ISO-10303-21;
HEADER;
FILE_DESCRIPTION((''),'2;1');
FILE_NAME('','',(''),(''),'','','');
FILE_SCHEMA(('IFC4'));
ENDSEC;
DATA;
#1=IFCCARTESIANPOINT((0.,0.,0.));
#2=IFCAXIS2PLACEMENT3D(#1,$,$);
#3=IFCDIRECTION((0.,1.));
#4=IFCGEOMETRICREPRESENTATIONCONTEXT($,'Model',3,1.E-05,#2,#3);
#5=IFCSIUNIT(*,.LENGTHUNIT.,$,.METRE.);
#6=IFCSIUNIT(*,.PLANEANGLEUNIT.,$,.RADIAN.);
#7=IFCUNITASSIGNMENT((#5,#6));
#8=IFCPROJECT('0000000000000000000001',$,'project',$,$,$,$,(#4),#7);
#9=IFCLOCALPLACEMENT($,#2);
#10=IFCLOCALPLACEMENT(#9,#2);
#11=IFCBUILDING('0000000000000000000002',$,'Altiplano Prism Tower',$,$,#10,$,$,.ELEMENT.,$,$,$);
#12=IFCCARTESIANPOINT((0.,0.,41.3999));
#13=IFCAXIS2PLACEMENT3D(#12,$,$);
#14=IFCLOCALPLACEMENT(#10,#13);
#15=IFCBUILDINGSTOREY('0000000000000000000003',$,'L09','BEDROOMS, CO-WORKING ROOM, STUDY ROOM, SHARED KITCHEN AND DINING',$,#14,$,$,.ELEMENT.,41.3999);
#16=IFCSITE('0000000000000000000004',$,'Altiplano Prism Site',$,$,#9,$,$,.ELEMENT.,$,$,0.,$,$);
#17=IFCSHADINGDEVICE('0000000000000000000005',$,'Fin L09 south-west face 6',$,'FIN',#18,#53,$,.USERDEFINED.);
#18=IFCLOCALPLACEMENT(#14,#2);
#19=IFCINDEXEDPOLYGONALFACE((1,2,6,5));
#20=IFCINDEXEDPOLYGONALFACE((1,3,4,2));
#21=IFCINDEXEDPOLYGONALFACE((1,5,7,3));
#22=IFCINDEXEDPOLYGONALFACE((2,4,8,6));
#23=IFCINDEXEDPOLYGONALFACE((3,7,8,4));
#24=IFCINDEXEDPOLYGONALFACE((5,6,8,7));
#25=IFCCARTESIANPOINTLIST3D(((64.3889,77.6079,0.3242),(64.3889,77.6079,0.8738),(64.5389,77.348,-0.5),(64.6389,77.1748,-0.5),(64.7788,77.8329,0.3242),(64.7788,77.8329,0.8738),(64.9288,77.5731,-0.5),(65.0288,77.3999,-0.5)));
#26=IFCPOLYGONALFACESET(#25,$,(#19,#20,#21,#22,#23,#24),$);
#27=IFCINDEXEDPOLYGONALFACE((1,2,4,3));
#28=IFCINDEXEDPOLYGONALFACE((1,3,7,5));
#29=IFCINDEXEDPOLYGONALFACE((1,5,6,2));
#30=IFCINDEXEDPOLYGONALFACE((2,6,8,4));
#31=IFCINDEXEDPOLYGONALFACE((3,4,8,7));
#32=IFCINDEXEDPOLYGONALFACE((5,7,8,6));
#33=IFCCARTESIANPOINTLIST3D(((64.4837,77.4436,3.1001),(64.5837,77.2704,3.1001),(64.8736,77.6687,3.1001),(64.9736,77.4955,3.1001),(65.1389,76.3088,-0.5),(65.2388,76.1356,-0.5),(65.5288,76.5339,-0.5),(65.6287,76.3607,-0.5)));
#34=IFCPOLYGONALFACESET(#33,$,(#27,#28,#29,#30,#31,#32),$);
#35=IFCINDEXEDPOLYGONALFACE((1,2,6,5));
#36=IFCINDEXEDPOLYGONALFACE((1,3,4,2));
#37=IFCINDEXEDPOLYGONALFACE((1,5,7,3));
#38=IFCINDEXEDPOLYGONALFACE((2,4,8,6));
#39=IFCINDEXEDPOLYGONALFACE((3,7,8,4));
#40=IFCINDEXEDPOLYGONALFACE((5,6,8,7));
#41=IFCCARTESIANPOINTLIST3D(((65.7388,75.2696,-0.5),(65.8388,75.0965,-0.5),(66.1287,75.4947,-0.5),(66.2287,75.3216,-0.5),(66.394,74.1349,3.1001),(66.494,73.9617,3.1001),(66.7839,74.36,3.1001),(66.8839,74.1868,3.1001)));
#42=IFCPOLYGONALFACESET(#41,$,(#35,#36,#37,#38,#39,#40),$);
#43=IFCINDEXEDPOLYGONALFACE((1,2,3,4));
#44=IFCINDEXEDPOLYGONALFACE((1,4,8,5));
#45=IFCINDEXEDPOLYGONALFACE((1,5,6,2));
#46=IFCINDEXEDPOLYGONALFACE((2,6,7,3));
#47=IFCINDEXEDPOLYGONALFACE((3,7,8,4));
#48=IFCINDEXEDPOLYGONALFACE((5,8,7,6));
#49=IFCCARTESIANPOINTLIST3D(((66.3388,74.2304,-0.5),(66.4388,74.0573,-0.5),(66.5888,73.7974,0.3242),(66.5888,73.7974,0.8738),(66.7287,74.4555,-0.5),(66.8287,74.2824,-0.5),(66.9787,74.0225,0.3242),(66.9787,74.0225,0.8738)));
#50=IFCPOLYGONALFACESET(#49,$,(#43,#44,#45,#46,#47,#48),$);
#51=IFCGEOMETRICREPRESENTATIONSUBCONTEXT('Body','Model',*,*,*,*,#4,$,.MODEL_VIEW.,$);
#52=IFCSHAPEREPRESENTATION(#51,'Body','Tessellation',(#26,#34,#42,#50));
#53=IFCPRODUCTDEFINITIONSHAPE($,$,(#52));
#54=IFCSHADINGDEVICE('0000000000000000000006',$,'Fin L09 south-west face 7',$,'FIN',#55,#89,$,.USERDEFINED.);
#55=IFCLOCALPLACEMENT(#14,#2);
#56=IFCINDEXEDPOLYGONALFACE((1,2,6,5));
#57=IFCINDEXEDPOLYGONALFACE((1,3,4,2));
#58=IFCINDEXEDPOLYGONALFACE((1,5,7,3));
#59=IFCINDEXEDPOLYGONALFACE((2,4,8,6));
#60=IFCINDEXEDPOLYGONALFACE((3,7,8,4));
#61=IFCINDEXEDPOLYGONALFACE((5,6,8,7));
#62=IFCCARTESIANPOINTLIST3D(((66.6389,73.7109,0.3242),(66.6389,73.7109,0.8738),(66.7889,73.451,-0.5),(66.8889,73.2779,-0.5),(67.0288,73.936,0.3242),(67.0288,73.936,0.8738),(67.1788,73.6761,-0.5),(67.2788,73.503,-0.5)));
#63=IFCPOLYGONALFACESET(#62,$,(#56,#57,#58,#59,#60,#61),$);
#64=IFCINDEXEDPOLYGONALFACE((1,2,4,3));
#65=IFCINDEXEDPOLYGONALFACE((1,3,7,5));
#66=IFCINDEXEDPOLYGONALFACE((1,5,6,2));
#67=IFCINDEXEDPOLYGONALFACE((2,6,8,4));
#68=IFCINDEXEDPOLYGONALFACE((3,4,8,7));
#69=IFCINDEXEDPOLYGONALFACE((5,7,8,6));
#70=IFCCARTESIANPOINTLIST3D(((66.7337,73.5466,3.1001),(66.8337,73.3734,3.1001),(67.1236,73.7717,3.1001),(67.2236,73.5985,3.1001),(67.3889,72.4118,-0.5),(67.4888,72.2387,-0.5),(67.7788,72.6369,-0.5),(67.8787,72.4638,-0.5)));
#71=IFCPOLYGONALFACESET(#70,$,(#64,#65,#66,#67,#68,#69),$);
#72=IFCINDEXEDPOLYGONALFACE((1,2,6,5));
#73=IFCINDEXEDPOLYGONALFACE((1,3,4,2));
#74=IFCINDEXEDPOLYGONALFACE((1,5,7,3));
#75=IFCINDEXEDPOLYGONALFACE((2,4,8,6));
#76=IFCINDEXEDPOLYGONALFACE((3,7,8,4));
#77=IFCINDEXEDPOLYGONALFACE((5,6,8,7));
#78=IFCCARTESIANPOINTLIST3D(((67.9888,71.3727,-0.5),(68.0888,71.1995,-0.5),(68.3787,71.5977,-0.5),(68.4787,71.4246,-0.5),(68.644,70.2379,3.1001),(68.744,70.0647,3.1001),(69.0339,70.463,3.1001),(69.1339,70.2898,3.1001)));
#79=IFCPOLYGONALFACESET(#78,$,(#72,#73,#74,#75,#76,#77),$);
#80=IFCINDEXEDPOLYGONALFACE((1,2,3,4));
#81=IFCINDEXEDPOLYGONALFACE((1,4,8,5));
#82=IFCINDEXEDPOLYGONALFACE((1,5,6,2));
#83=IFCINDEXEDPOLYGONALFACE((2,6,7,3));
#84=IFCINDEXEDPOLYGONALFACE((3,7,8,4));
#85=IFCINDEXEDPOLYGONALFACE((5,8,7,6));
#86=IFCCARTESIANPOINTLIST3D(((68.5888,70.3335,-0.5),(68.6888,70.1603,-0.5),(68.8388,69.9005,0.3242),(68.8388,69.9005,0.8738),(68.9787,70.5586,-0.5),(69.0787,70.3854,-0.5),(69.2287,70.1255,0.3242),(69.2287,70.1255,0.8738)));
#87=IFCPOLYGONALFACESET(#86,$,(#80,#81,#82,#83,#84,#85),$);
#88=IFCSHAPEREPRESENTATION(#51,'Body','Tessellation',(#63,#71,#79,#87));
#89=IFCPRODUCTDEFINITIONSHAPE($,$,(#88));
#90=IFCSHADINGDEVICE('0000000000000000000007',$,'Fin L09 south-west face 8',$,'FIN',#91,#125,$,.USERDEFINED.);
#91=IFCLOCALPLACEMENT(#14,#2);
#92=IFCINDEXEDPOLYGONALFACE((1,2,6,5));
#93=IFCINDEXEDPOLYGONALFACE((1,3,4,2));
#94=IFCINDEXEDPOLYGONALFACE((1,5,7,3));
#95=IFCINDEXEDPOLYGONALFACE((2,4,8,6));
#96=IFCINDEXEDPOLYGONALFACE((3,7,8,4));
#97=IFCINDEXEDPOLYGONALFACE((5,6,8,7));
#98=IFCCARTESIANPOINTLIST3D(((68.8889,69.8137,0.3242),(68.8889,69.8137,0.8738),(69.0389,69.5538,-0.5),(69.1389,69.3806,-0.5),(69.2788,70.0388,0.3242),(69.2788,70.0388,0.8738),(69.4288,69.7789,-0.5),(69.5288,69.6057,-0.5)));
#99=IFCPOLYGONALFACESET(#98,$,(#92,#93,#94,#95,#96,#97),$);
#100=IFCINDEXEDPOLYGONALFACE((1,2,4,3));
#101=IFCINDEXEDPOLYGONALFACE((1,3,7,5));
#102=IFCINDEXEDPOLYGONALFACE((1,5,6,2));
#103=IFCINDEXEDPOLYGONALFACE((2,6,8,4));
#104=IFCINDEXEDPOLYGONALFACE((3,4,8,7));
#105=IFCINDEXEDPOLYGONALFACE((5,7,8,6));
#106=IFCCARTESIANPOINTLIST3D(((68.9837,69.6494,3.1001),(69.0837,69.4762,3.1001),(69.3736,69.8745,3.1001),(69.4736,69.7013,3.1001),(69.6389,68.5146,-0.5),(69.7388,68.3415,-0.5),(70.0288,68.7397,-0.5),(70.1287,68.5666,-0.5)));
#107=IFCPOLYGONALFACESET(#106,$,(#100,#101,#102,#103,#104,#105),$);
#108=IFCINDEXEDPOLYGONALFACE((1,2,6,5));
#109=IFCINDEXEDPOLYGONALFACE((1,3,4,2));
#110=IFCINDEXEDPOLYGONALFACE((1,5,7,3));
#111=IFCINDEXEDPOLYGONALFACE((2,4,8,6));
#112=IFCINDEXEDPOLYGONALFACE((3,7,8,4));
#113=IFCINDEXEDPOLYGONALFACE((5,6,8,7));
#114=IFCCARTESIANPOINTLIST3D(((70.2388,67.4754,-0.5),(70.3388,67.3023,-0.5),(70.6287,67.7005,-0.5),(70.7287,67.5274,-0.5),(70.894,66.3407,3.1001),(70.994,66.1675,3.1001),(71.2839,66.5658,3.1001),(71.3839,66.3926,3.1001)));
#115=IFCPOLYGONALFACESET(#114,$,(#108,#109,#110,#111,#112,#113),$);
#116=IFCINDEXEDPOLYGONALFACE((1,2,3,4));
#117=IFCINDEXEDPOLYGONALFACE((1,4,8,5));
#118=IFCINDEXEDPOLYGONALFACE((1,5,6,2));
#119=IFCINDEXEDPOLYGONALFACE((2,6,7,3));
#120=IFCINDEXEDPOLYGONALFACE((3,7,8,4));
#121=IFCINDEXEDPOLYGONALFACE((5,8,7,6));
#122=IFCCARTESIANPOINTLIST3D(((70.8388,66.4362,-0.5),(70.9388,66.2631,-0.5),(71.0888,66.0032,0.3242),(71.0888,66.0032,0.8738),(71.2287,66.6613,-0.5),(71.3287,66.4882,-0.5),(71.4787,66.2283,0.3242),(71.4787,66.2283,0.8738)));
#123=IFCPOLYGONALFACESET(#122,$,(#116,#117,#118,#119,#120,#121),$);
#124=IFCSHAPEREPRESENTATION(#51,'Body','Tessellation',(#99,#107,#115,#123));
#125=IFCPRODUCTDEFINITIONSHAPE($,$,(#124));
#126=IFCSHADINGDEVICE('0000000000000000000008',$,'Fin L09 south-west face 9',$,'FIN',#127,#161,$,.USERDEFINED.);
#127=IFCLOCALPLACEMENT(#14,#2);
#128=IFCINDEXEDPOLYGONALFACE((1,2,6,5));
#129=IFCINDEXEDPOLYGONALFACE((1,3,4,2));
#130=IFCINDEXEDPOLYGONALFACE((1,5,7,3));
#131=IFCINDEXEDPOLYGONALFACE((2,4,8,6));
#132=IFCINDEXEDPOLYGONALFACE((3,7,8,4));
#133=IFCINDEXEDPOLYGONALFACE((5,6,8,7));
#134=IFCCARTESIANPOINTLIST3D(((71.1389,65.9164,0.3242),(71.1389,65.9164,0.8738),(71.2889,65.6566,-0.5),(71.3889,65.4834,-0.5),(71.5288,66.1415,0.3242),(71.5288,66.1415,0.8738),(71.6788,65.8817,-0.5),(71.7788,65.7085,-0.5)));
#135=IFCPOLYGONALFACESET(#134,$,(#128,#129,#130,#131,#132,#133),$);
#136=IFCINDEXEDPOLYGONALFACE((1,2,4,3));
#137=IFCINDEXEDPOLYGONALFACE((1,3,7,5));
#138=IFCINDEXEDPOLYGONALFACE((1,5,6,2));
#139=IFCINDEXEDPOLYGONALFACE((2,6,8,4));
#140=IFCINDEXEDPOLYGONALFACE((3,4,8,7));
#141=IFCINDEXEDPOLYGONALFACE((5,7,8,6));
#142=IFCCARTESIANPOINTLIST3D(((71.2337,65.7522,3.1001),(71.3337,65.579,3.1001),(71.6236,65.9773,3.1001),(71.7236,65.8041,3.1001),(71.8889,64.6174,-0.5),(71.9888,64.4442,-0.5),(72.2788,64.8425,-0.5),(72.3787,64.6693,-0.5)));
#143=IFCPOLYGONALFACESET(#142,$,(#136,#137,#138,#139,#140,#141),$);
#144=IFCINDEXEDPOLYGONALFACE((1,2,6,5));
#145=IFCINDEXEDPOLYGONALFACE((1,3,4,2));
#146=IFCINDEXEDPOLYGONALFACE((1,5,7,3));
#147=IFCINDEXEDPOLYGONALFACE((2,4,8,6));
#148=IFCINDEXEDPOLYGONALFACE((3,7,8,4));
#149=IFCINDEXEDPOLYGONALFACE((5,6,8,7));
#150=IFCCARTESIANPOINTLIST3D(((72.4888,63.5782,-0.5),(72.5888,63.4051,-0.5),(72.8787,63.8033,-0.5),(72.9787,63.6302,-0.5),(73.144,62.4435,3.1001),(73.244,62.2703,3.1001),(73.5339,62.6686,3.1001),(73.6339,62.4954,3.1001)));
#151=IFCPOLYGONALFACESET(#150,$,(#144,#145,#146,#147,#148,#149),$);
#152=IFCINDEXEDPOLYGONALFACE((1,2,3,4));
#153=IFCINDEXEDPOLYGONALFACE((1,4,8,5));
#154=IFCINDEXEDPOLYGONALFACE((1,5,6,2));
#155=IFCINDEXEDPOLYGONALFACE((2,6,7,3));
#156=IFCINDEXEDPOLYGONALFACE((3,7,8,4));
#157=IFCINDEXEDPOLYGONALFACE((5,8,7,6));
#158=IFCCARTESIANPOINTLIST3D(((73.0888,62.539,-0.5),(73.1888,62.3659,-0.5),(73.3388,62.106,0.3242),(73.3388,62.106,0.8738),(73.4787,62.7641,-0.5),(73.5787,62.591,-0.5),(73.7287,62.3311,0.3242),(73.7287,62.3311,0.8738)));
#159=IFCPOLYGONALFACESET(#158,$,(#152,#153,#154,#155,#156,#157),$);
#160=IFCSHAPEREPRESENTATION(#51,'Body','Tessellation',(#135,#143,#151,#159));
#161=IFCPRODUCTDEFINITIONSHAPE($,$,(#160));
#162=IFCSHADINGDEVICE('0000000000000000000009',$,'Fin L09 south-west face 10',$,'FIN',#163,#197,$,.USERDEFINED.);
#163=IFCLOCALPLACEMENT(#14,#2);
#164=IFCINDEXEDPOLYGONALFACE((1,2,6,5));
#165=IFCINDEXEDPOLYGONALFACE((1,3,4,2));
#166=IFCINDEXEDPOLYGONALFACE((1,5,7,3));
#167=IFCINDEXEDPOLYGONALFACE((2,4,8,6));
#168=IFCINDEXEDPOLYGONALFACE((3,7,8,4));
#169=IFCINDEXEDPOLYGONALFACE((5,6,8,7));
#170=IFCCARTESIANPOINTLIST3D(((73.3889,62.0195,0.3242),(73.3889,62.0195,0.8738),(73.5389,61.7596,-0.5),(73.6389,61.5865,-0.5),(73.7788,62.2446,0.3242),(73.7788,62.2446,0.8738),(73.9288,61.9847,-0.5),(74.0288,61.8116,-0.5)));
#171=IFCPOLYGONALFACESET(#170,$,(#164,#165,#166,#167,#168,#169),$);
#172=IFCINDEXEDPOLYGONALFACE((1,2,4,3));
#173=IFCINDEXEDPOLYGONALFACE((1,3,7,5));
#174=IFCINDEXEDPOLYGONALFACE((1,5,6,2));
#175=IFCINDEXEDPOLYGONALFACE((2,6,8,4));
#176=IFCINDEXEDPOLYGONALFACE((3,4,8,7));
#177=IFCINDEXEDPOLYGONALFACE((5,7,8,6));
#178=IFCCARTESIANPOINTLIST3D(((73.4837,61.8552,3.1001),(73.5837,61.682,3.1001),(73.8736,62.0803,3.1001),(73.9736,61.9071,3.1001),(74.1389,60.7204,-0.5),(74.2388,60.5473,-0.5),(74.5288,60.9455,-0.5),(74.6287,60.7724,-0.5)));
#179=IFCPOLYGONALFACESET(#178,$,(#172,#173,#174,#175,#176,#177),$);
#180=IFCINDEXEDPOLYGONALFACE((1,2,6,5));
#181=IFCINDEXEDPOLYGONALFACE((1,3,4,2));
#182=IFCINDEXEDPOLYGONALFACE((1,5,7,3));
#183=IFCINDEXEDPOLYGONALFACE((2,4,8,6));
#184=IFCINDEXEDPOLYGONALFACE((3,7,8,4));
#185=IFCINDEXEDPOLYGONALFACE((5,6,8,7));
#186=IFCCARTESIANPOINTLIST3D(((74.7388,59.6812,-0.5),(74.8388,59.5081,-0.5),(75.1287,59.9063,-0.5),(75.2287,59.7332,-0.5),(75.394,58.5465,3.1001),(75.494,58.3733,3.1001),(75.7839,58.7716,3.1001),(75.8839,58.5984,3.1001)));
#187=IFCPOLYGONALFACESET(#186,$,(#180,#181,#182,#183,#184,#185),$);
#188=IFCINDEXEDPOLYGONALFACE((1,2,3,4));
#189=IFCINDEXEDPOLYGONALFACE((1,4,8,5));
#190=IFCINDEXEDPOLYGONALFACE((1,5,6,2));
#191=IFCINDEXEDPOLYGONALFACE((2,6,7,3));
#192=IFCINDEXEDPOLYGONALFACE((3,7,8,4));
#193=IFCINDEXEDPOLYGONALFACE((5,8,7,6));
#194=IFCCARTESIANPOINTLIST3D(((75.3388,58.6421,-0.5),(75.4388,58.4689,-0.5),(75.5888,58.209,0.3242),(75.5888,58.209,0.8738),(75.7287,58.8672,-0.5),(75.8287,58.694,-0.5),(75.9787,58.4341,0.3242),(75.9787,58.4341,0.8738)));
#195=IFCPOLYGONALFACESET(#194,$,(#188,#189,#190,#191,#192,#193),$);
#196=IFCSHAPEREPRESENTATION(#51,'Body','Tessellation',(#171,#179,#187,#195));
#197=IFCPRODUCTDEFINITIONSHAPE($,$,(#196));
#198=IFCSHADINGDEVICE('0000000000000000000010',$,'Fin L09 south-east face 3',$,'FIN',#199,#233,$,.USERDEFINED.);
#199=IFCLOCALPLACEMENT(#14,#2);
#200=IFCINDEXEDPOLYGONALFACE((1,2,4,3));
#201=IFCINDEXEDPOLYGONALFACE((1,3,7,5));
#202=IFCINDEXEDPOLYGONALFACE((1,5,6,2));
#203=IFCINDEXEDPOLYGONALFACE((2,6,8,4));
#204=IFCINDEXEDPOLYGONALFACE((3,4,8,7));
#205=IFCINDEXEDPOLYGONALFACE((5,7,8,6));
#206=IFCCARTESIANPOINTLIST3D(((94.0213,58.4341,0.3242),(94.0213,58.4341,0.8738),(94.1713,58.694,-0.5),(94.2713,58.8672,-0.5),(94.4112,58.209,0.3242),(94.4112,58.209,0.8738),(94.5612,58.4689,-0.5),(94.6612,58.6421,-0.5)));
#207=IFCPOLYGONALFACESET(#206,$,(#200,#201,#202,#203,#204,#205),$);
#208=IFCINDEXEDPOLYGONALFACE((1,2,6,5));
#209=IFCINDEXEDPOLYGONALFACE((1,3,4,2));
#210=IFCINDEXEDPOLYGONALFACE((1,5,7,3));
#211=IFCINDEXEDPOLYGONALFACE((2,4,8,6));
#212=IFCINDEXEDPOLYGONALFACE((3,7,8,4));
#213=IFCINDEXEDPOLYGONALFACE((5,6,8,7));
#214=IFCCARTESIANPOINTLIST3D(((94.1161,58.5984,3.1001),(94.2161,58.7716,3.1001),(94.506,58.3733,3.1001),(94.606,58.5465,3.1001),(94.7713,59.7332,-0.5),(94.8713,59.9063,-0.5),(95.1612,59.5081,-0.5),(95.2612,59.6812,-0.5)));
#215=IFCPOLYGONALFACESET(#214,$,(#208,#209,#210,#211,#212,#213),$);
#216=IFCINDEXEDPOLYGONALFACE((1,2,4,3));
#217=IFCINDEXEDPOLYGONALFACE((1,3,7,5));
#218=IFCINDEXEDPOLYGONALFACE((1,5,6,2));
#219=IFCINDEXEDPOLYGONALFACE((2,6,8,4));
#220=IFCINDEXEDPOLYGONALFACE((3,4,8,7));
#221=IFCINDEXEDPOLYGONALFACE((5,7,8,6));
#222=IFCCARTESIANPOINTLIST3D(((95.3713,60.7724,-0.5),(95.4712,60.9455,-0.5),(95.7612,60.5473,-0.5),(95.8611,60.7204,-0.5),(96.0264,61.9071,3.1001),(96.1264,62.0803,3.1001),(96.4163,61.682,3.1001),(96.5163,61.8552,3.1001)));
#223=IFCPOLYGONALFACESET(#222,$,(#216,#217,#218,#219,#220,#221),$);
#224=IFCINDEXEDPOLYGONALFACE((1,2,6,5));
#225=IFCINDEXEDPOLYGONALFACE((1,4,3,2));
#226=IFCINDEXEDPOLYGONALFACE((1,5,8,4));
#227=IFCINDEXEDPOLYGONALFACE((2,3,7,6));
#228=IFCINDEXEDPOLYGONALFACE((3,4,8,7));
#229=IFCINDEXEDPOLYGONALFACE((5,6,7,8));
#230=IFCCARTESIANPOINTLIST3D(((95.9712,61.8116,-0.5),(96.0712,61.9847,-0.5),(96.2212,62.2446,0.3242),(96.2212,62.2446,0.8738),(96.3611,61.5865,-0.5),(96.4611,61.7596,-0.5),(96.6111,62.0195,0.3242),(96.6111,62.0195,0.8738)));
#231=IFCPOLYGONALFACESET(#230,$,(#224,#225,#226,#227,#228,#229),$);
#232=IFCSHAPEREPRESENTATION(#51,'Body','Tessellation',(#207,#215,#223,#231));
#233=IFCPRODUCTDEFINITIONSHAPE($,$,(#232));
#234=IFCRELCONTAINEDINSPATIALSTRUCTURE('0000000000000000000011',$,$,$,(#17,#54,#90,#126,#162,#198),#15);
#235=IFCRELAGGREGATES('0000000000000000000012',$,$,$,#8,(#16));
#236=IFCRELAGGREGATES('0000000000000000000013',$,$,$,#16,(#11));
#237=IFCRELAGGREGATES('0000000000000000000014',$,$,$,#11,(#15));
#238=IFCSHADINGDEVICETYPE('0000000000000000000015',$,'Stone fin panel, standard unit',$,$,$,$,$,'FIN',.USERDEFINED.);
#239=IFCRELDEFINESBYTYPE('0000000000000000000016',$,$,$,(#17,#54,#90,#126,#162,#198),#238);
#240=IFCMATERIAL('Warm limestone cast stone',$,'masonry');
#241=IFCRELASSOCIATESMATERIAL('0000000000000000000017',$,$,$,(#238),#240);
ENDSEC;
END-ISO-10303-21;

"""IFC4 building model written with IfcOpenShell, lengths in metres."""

from ifc_helpers import new_model, si_unit, direction, frame, origin, place, context, subcontext, project, spatial, polyline, outline, extrude, source, transform, mapped, material, type_object, element, save


model = new_model("IFC4")

# Units and contexts
model_context = context("Model", 3, precision=1e-05, world=origin(), true_north=direction((0.0, 1.0)))
body_context = subcontext(model_context, "Body", "Model", "MODEL_VIEW")
ifc_project = project(units=[si_unit("LENGTHUNIT", "METRE"), si_unit("PLANEANGLEUNIT", "RADIAN")], contexts=[model_context])

# Site, building, storey
site_placement = place(None, origin())
site = spatial("IfcSite", under=ifc_project, at=site_placement, Name="Altiplano Prism Site", CompositionType="ELEMENT", RefElevation=0.0)
building_placement = place(site_placement, origin())
building = spatial("IfcBuilding", under=site, at=building_placement, Name="Altiplano Prism Tower", CompositionType="ELEMENT")
storey_placement = place(building_placement, frame((0.0, 0.0, 41.3999)))
storey = spatial("IfcBuildingStorey", under=building, at=storey_placement, Name="L09", Description="BEDROOMS, CO-WORKING ROOM, STUDY ROOM, SHARED KITCHEN AND DINING", CompositionType="ELEMENT", Elevation=41.3999)

# Shading devices
ifc_material_1 = material(Name="Warm limestone cast stone", Category="masonry")
shading_device_type_1 = type_object("IfcShadingDeviceType", Name="Stone fin panel, standard unit", ElementType="FIN", PredefinedType="USERDEFINED", material=ifc_material_1)
shared_shape_1 = source(origin(), body_context, "Body", "SweptSolid", [
    extrude(outline(polyline([(-2.2, 1.3738), (-2.2, 0.8242), (-1.8999, 0.0), (-1.7, 0.0), (-2.2, 1.3738)])), frame((0.0, -0.1499, 0.0), z_axis=(0.0, -1.0, 0.0), x_axis=(1.0, 0.0, 0.0)), (0.0, 0.0, 1.0), 0.4502),
    extrude(outline(polyline([(-2.0103, 3.6001), (-0.7, 0.0), (-0.5, 0.0), (-1.8103, 3.6001), (-2.0103, 3.6001)])), frame((0.0, -0.1499, 0.0), z_axis=(0.0, -1.0, 0.0), x_axis=(1.0, 0.0, 0.0)), (0.0, 0.0, 1.0), 0.4502),
    extrude(outline(polyline([(1.8103, 3.6001), (0.5, 0.0), (0.7, 0.0), (2.0103, 3.6001), (1.8103, 3.6001)])), frame((0.0, -0.1499, 0.0), z_axis=(0.0, -1.0, 0.0), x_axis=(1.0, 0.0, 0.0)), (0.0, 0.0, 1.0), 0.4502),
    extrude(outline(polyline([(2.2, 0.8242), (2.2, 1.3738), (1.7, 0.0), (1.8999, 0.0), (2.2, 0.8242)])), frame((0.0, -0.1499, 0.0), z_axis=(0.0, -1.0, 0.0), x_axis=(1.0, 0.0, 0.0)), (0.0, 0.0, 1.0), 0.4502),
])
shading_device_1_placement = place(storey_placement, origin())
element("IfcShadingDevice", 1, at=shading_device_1_placement, inside=storey, type_object=shading_device_type_1, Name="Fin L09 south-west face 6", ObjectType="FIN", PredefinedType="USERDEFINED", context=body_context, shape_type="MappedRepresentation", body=[
    mapped(shared_shape_1, transform((66.0085, 76.0027, -0.5), x_axis=(0.5, -0.866025, 0.0), y_axis=(0.866025, 0.5, 0.0), z_axis=(0.0, 0.0, 1.0))),
])
shading_device_2_placement = place(storey_placement, origin())
element("IfcShadingDevice", 2, at=shading_device_2_placement, inside=storey, type_object=shading_device_type_1, Name="Fin L09 south-west face 7", ObjectType="FIN", PredefinedType="USERDEFINED", context=body_context, shape_type="MappedRepresentation", body=[
    mapped(shared_shape_1, transform((68.2585, 72.1057, -0.5), x_axis=(0.5, -0.866025, 0.0), y_axis=(0.866025, 0.5, 0.0), z_axis=(0.0, 0.0, 1.0))),
])
shading_device_3_placement = place(storey_placement, origin())
element("IfcShadingDevice", 3, at=shading_device_3_placement, inside=storey, type_object=shading_device_type_1, Name="Fin L09 south-west face 8", ObjectType="FIN", PredefinedType="USERDEFINED", context=body_context, shape_type="MappedRepresentation", body=[
    mapped(shared_shape_1, transform((70.5085, 68.2085, -0.5), x_axis=(0.5, -0.866025, 0.0), y_axis=(0.866025, 0.5, 0.0), z_axis=(0.0, 0.0, 1.0))),
])
shading_device_4_placement = place(storey_placement, origin())
element("IfcShadingDevice", 4, at=shading_device_4_placement, inside=storey, type_object=shading_device_type_1, Name="Fin L09 south-west face 9", ObjectType="FIN", PredefinedType="USERDEFINED", context=body_context, shape_type="MappedRepresentation", body=[
    mapped(shared_shape_1, transform((72.7585, 64.3113, -0.5), x_axis=(0.5, -0.866025, 0.0), y_axis=(0.866025, 0.5, 0.0), z_axis=(0.0, 0.0, 1.0))),
])
shading_device_5_placement = place(storey_placement, origin())
element("IfcShadingDevice", 5, at=shading_device_5_placement, inside=storey, type_object=shading_device_type_1, Name="Fin L09 south-west face 10", ObjectType="FIN", PredefinedType="USERDEFINED", context=body_context, shape_type="MappedRepresentation", body=[
    mapped(shared_shape_1, transform((75.0085, 60.4143, -0.5), x_axis=(0.5, -0.866025, 0.0), y_axis=(0.866025, 0.5, 0.0), z_axis=(0.0, 0.0, 1.0))),
])
shading_device_6_placement = place(storey_placement, origin())
element("IfcShadingDevice", 6, at=shading_device_6_placement, inside=storey, type_object=shading_device_type_1, Name="Fin L09 south-east face 3", ObjectType="FIN", PredefinedType="USERDEFINED", context=body_context, shape_type="MappedRepresentation", body=[
    mapped(shared_shape_1, transform((94.9915, 60.4143, -0.5), x_axis=(0.5, 0.866025, 0.0), y_axis=(-0.866025, 0.5, 0.0), z_axis=(0.0, 0.0, 1.0))),
])

save(model, "model.ifc")
